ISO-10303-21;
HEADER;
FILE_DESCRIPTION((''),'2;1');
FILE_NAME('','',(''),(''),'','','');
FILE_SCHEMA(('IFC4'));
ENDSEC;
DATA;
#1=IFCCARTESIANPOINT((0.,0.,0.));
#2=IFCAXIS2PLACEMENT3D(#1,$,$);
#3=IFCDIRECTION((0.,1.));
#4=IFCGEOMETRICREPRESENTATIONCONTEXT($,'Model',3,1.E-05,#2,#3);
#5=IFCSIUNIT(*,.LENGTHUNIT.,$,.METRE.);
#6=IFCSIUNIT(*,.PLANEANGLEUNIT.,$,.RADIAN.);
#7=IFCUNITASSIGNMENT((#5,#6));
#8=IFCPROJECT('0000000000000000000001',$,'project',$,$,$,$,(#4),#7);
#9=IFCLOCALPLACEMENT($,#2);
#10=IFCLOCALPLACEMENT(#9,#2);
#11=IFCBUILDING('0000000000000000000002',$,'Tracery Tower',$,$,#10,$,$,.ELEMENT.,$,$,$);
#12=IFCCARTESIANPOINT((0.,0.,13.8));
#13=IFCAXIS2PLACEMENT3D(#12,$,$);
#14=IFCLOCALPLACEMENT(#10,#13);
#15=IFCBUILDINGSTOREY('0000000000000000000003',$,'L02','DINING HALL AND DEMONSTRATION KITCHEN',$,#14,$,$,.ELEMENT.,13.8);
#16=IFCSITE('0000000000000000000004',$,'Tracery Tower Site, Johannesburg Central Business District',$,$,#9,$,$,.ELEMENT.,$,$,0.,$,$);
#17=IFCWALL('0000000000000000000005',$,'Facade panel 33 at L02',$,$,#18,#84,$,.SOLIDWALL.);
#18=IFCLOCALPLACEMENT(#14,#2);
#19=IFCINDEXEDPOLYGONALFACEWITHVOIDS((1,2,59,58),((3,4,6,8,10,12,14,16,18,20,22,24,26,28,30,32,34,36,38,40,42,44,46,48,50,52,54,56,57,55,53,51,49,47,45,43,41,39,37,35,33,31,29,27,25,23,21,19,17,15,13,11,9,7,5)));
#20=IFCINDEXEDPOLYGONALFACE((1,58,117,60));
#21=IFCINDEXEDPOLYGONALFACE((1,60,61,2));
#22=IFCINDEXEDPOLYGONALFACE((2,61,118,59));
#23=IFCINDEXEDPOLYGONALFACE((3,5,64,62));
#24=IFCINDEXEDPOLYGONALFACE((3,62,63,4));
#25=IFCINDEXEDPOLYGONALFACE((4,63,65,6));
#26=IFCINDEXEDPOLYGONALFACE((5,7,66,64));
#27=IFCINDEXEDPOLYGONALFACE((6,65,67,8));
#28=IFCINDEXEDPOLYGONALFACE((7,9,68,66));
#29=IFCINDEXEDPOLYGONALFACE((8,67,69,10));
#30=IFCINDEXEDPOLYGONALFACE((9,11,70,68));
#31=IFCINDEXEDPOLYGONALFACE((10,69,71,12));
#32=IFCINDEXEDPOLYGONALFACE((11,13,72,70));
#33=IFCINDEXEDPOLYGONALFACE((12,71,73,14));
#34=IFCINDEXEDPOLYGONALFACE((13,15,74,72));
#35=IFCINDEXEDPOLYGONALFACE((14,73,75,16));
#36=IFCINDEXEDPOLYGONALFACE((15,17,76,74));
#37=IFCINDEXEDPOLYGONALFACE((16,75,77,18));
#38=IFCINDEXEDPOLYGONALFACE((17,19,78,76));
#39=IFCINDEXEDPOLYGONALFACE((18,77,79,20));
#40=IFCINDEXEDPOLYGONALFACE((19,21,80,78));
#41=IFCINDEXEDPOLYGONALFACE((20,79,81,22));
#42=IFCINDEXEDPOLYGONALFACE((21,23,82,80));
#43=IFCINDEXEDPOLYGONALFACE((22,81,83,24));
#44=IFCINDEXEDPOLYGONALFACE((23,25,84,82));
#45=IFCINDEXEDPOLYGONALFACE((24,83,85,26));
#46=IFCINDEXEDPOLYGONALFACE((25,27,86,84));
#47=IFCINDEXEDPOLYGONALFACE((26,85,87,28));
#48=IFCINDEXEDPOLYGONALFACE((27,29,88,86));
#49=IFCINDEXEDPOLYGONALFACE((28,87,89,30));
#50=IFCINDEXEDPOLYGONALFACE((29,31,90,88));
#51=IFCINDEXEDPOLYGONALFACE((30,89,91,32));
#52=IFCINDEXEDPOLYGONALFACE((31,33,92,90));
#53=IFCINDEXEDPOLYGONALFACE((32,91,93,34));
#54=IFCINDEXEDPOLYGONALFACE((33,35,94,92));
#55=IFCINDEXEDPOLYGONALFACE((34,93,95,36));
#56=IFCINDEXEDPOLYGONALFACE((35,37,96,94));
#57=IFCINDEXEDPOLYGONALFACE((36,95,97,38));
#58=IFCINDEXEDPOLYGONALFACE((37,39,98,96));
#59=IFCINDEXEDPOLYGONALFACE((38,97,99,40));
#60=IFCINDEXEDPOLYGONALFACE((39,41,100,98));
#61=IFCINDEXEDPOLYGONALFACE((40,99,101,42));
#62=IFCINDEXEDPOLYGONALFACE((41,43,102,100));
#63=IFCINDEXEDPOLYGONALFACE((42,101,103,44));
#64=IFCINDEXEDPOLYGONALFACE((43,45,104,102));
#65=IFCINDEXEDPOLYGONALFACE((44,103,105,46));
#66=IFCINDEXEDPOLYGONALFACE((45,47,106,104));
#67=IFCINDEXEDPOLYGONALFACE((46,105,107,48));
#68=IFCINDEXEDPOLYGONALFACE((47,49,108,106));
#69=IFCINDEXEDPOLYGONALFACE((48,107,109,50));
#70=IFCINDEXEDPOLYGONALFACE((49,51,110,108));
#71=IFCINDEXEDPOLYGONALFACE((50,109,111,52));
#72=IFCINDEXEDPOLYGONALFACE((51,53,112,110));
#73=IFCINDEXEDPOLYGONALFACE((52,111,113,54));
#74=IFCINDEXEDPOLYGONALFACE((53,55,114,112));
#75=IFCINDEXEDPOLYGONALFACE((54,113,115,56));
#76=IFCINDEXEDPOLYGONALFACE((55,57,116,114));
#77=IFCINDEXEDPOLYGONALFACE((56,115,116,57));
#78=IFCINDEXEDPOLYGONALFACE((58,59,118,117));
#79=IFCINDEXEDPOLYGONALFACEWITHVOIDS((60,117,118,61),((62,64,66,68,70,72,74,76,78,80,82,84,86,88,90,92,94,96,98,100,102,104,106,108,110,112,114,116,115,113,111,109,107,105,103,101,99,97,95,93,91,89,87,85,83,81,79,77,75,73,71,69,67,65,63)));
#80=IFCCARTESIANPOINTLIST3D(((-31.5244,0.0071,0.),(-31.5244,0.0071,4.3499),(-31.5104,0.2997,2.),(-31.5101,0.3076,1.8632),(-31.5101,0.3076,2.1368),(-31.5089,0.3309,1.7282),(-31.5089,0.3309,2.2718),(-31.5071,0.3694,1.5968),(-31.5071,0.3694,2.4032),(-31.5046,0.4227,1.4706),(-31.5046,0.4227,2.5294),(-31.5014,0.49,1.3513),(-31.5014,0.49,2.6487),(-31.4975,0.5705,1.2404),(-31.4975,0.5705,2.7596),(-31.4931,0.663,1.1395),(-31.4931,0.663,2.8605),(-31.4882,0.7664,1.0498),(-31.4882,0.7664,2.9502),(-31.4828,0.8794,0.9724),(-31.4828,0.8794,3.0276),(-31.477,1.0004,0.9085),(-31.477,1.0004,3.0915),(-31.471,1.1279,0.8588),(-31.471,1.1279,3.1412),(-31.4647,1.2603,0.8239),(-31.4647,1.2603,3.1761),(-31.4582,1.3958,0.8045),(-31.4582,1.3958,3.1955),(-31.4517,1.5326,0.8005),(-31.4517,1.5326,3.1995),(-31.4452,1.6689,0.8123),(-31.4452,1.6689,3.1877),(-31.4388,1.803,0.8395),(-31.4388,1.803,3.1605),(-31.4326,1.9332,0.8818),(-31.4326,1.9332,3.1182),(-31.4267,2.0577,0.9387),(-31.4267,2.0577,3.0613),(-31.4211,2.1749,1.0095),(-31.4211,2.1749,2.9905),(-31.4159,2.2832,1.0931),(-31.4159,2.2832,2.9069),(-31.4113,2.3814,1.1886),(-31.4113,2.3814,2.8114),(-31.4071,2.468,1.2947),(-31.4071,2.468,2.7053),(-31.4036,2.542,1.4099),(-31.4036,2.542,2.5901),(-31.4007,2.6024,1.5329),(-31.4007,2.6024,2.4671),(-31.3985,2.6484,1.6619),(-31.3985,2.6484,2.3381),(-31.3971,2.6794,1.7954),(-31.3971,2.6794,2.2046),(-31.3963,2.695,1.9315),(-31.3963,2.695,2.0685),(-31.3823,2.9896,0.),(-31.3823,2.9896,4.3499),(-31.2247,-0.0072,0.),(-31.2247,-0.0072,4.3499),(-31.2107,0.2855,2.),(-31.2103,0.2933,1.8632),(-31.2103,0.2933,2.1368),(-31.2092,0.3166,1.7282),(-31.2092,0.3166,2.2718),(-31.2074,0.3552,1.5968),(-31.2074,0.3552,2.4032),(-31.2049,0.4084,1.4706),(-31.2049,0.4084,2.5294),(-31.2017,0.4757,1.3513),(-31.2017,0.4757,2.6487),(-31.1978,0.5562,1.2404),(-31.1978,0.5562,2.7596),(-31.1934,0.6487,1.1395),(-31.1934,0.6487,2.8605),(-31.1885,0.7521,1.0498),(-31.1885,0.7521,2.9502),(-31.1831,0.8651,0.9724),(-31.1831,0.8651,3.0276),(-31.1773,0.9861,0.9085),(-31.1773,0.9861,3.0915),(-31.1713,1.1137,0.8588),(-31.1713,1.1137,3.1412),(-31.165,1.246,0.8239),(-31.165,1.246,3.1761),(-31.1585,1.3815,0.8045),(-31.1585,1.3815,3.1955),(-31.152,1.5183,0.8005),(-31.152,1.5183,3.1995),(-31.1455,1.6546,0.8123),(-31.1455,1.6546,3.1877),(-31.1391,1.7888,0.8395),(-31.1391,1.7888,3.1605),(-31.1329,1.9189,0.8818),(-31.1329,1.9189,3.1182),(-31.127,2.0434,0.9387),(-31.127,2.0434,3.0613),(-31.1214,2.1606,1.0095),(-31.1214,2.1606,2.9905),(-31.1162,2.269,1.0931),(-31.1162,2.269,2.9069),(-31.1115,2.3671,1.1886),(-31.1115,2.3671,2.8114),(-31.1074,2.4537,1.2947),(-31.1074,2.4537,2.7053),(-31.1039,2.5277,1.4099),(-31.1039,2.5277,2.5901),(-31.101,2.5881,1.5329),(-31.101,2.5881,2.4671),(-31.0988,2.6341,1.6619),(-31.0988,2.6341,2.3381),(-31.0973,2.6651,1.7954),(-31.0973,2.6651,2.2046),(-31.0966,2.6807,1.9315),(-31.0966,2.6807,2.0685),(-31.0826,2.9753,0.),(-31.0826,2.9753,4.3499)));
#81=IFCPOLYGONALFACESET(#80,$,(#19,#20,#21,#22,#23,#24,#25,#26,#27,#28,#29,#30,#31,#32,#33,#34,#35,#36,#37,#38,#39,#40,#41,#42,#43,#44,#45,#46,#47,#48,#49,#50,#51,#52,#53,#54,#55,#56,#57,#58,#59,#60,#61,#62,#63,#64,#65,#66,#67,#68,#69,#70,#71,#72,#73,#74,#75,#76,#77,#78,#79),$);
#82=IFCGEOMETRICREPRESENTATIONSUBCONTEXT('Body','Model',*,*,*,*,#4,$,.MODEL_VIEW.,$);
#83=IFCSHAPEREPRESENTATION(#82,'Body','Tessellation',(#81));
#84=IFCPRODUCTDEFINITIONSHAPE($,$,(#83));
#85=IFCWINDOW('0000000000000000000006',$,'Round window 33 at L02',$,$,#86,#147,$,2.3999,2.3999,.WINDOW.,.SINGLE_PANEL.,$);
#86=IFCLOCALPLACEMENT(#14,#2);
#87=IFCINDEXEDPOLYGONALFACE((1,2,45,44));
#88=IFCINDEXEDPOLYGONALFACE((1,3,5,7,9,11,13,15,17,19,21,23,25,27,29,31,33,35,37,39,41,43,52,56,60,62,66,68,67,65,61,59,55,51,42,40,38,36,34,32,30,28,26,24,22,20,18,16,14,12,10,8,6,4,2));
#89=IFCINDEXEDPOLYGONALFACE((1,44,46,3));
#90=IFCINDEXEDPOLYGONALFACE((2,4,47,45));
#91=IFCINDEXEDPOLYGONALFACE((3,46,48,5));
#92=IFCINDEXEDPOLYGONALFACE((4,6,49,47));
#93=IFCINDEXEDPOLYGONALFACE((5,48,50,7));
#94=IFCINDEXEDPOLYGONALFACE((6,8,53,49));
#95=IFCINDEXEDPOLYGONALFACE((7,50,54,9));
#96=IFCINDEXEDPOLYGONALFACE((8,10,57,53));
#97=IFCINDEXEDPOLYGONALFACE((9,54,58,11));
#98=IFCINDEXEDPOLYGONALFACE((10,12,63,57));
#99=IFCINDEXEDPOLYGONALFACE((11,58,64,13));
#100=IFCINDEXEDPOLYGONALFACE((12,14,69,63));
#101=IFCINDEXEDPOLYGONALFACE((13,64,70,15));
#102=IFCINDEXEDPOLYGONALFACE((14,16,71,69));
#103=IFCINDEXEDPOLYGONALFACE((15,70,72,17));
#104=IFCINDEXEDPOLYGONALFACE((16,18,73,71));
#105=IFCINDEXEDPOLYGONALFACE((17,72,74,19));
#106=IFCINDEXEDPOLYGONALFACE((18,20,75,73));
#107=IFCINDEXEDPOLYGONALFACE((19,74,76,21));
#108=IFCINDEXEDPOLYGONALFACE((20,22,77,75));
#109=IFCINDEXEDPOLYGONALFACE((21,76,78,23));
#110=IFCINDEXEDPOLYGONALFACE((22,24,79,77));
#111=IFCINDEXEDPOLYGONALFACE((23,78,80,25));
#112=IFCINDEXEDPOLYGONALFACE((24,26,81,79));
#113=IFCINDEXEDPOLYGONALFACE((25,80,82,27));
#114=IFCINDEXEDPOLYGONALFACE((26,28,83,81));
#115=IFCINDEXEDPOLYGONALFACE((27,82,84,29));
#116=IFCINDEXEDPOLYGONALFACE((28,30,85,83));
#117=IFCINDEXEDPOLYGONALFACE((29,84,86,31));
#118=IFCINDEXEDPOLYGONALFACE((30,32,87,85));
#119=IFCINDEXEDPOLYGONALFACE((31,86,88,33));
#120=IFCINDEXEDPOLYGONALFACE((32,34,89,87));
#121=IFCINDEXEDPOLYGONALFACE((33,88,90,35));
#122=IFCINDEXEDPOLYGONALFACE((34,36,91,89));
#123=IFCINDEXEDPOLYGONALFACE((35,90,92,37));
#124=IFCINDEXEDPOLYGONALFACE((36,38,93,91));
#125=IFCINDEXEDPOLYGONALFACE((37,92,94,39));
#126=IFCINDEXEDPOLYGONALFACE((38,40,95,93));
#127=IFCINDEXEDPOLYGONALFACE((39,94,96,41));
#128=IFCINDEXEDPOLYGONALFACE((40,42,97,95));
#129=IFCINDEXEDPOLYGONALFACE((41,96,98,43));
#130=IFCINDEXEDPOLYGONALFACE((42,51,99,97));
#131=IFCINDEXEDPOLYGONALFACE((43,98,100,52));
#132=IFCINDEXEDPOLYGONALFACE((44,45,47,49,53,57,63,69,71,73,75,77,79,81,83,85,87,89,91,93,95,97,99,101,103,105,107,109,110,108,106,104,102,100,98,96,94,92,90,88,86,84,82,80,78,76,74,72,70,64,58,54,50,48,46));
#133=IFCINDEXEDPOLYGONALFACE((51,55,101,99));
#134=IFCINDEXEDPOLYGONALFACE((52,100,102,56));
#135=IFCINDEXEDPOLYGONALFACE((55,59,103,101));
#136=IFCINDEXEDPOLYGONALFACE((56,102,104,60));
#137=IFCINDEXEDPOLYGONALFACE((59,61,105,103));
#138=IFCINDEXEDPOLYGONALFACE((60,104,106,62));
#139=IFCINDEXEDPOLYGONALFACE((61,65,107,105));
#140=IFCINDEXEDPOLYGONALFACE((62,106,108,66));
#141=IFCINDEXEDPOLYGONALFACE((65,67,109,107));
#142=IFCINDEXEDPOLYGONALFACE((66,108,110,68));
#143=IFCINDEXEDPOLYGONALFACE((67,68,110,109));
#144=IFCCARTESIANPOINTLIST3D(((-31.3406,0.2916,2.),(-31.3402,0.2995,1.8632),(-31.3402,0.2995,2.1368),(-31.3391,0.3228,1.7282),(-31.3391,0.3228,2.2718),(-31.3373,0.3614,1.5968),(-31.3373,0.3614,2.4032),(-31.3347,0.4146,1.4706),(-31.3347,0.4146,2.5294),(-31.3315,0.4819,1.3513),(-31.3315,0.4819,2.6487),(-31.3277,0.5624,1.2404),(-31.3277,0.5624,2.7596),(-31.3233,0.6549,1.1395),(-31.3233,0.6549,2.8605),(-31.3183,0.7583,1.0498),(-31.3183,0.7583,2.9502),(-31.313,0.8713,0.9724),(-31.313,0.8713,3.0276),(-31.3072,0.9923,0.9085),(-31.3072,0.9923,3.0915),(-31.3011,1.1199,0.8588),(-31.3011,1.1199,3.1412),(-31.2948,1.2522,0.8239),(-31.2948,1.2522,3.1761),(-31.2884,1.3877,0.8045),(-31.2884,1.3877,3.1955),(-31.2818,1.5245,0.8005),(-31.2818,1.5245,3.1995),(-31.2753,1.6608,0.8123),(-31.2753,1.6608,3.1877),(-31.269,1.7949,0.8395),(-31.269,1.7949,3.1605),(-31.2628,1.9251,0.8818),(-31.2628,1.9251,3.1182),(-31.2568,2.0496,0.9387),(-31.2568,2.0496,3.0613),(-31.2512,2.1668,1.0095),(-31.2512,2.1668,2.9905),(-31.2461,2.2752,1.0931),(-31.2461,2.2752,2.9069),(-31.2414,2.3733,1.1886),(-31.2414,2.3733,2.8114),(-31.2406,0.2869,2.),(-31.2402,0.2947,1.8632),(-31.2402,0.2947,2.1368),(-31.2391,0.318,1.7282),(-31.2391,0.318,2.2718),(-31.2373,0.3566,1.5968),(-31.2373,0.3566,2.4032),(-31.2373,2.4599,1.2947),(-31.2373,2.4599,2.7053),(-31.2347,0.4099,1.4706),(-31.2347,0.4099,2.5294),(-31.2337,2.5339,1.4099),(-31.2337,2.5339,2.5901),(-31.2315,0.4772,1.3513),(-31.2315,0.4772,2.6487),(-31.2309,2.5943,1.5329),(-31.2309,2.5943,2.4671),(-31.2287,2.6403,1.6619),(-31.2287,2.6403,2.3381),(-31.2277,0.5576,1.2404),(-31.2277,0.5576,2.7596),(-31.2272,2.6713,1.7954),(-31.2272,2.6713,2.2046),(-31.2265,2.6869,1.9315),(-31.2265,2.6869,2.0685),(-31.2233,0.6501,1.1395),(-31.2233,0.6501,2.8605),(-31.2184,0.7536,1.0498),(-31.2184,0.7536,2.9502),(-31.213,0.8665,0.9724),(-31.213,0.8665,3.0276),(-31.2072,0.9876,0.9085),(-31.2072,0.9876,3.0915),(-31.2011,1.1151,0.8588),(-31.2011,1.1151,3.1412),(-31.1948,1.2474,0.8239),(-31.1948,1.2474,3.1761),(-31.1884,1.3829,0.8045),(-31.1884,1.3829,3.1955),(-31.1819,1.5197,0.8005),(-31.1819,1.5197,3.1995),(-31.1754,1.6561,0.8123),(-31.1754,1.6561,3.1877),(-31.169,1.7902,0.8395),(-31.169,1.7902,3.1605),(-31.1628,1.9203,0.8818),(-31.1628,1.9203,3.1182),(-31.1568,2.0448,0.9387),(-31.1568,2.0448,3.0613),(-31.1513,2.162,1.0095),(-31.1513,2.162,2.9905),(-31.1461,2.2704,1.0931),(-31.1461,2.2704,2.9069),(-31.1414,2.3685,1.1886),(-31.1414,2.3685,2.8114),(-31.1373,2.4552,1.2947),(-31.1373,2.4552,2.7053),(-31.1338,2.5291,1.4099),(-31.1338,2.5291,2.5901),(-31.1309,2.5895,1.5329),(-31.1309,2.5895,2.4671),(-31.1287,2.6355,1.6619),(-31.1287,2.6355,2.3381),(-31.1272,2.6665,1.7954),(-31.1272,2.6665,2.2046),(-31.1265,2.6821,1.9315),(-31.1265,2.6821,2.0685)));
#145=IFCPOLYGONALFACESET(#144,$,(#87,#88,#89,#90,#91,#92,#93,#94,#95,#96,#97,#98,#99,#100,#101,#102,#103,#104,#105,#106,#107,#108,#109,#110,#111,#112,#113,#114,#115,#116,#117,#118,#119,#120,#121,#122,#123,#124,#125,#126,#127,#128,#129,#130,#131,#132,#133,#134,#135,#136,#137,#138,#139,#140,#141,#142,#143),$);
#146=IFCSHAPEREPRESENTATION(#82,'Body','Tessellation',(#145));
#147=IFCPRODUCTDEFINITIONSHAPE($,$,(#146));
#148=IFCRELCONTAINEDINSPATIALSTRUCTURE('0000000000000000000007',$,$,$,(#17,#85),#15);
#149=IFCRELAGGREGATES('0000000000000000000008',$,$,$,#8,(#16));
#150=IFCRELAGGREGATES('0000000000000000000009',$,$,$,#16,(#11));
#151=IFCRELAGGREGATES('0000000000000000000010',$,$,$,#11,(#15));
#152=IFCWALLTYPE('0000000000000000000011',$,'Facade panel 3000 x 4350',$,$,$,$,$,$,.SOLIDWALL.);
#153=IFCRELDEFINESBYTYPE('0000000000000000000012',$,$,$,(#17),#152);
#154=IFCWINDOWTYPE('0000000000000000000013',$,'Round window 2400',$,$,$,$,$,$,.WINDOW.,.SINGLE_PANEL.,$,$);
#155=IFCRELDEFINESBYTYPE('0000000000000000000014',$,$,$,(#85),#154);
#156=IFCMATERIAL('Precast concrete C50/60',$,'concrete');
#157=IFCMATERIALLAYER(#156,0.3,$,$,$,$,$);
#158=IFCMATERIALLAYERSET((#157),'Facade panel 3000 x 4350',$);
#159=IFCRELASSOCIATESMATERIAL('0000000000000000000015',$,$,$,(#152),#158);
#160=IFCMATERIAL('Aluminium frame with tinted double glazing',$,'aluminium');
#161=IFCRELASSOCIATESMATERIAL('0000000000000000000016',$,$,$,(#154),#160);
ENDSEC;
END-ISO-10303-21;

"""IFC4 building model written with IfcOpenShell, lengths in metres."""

from ifc_helpers import new_model, si_unit, direction, frame, frame_2d, origin, origin_2d, place, context, subcontext, project, spatial, rectangle, circle, extrude, material, layer, layer_set, type_object, element, fill, save


model = new_model("IFC4")

# Units and contexts
model_context = context("Model", 3, precision=1e-05, world=origin(), true_north=direction((0.0, 1.0)))
body_context = subcontext(model_context, "Body", "Model", "MODEL_VIEW")
ifc_project = project(units=[si_unit("LENGTHUNIT", "METRE"), si_unit("PLANEANGLEUNIT", "RADIAN")], contexts=[model_context])

# Site, building, storey
site_placement = place(None, origin())
site = spatial("IfcSite", under=ifc_project, at=site_placement, Name="Tracery Tower Site, Johannesburg Central Business District", CompositionType="ELEMENT", RefElevation=0.0)
building_placement = place(site_placement, origin())
building = spatial("IfcBuilding", under=site, at=building_placement, Name="Tracery Tower", CompositionType="ELEMENT")
storey_placement = place(building_placement, frame((0.0, 0.0, 13.8)))
storey = spatial("IfcBuildingStorey", under=building, at=storey_placement, Name="L02", Description="DINING HALL AND DEMONSTRATION KITCHEN", CompositionType="ELEMENT", Elevation=13.8)

# Wall, opening, window
ifc_material_1 = material(Name="Precast concrete C50/60", Category="concrete")
ifc_layer_1 = layer(ifc_material_1, 0.3)
ifc_layer_set_1 = layer_set([ifc_layer_1], Name="Facade panel 3000 x 4350")
wall_type_1 = type_object("IfcWallType", Name="Facade panel 3000 x 4350", PredefinedType="SOLIDWALL", material=ifc_layer_set_1)
ifc_material_2 = material(Name="Aluminium frame with tinted double glazing", Category="aluminium")
window_type = type_object("IfcWindowType", Name="Round window 2400", PartitioningType="SINGLE_PANEL", PredefinedType="WINDOW", material=ifc_material_2)
wall_1_placement = place(storey_placement, frame((-31.2324, 2.9824, 0.0), z_axis=(0.0, 0.0, 1.0), x_axis=(-0.047588, -0.998867, 0.0)))
wall_1 = element("IfcWall", 1, at=wall_1_placement, inside=storey, type_object=wall_type_1, Name="Facade panel 33 at L02", PredefinedType="SOLIDWALL", context=body_context, shape_type="SweptSolid", body=[
    extrude(rectangle(XDim=2.9858, YDim=0.3, at=frame_2d((1.4929, 0.0))), origin(), (0.0, 0.0, 1.0), 4.3499),
])
opening_1_placement = place(wall_1_placement, frame((1.4929, 0.0, 2.0)))
opening_1 = element("IfcOpeningElement", 2, at=opening_1_placement, cuts=wall_1, PredefinedType="OPENING", context=body_context, shape_type="SweptSolid", body=[
    extrude(circle(Radius=1.2, at=origin_2d()), frame((0.0, 0.1599, 0.0), z_axis=(0.0, -1.0, 0.0), x_axis=(1.0, 0.0, 0.0)), (0.0, 0.0, 1.0), 0.3201),
])
window_1_placement = place(opening_1_placement, origin())
window_1 = element("IfcWindow", 3, at=window_1_placement, inside=storey, type_object=window_type, Name="Round window 33 at L02", OverallHeight=2.3999, OverallWidth=2.3999, PartitioningType="SINGLE_PANEL", PredefinedType="WINDOW", context=body_context, shape_type="SweptSolid", body=[
    extrude(circle(Radius=1.2, at=origin_2d()), frame((0.0, 0.1201, 0.0), z_axis=(0.0, -1.0, 0.0), x_axis=(1.0, 0.0, 0.0)), (0.0, 0.0, 1.0), 0.1001),
])
fill(opening_1, window_1)

save(model, "model.ifc")
